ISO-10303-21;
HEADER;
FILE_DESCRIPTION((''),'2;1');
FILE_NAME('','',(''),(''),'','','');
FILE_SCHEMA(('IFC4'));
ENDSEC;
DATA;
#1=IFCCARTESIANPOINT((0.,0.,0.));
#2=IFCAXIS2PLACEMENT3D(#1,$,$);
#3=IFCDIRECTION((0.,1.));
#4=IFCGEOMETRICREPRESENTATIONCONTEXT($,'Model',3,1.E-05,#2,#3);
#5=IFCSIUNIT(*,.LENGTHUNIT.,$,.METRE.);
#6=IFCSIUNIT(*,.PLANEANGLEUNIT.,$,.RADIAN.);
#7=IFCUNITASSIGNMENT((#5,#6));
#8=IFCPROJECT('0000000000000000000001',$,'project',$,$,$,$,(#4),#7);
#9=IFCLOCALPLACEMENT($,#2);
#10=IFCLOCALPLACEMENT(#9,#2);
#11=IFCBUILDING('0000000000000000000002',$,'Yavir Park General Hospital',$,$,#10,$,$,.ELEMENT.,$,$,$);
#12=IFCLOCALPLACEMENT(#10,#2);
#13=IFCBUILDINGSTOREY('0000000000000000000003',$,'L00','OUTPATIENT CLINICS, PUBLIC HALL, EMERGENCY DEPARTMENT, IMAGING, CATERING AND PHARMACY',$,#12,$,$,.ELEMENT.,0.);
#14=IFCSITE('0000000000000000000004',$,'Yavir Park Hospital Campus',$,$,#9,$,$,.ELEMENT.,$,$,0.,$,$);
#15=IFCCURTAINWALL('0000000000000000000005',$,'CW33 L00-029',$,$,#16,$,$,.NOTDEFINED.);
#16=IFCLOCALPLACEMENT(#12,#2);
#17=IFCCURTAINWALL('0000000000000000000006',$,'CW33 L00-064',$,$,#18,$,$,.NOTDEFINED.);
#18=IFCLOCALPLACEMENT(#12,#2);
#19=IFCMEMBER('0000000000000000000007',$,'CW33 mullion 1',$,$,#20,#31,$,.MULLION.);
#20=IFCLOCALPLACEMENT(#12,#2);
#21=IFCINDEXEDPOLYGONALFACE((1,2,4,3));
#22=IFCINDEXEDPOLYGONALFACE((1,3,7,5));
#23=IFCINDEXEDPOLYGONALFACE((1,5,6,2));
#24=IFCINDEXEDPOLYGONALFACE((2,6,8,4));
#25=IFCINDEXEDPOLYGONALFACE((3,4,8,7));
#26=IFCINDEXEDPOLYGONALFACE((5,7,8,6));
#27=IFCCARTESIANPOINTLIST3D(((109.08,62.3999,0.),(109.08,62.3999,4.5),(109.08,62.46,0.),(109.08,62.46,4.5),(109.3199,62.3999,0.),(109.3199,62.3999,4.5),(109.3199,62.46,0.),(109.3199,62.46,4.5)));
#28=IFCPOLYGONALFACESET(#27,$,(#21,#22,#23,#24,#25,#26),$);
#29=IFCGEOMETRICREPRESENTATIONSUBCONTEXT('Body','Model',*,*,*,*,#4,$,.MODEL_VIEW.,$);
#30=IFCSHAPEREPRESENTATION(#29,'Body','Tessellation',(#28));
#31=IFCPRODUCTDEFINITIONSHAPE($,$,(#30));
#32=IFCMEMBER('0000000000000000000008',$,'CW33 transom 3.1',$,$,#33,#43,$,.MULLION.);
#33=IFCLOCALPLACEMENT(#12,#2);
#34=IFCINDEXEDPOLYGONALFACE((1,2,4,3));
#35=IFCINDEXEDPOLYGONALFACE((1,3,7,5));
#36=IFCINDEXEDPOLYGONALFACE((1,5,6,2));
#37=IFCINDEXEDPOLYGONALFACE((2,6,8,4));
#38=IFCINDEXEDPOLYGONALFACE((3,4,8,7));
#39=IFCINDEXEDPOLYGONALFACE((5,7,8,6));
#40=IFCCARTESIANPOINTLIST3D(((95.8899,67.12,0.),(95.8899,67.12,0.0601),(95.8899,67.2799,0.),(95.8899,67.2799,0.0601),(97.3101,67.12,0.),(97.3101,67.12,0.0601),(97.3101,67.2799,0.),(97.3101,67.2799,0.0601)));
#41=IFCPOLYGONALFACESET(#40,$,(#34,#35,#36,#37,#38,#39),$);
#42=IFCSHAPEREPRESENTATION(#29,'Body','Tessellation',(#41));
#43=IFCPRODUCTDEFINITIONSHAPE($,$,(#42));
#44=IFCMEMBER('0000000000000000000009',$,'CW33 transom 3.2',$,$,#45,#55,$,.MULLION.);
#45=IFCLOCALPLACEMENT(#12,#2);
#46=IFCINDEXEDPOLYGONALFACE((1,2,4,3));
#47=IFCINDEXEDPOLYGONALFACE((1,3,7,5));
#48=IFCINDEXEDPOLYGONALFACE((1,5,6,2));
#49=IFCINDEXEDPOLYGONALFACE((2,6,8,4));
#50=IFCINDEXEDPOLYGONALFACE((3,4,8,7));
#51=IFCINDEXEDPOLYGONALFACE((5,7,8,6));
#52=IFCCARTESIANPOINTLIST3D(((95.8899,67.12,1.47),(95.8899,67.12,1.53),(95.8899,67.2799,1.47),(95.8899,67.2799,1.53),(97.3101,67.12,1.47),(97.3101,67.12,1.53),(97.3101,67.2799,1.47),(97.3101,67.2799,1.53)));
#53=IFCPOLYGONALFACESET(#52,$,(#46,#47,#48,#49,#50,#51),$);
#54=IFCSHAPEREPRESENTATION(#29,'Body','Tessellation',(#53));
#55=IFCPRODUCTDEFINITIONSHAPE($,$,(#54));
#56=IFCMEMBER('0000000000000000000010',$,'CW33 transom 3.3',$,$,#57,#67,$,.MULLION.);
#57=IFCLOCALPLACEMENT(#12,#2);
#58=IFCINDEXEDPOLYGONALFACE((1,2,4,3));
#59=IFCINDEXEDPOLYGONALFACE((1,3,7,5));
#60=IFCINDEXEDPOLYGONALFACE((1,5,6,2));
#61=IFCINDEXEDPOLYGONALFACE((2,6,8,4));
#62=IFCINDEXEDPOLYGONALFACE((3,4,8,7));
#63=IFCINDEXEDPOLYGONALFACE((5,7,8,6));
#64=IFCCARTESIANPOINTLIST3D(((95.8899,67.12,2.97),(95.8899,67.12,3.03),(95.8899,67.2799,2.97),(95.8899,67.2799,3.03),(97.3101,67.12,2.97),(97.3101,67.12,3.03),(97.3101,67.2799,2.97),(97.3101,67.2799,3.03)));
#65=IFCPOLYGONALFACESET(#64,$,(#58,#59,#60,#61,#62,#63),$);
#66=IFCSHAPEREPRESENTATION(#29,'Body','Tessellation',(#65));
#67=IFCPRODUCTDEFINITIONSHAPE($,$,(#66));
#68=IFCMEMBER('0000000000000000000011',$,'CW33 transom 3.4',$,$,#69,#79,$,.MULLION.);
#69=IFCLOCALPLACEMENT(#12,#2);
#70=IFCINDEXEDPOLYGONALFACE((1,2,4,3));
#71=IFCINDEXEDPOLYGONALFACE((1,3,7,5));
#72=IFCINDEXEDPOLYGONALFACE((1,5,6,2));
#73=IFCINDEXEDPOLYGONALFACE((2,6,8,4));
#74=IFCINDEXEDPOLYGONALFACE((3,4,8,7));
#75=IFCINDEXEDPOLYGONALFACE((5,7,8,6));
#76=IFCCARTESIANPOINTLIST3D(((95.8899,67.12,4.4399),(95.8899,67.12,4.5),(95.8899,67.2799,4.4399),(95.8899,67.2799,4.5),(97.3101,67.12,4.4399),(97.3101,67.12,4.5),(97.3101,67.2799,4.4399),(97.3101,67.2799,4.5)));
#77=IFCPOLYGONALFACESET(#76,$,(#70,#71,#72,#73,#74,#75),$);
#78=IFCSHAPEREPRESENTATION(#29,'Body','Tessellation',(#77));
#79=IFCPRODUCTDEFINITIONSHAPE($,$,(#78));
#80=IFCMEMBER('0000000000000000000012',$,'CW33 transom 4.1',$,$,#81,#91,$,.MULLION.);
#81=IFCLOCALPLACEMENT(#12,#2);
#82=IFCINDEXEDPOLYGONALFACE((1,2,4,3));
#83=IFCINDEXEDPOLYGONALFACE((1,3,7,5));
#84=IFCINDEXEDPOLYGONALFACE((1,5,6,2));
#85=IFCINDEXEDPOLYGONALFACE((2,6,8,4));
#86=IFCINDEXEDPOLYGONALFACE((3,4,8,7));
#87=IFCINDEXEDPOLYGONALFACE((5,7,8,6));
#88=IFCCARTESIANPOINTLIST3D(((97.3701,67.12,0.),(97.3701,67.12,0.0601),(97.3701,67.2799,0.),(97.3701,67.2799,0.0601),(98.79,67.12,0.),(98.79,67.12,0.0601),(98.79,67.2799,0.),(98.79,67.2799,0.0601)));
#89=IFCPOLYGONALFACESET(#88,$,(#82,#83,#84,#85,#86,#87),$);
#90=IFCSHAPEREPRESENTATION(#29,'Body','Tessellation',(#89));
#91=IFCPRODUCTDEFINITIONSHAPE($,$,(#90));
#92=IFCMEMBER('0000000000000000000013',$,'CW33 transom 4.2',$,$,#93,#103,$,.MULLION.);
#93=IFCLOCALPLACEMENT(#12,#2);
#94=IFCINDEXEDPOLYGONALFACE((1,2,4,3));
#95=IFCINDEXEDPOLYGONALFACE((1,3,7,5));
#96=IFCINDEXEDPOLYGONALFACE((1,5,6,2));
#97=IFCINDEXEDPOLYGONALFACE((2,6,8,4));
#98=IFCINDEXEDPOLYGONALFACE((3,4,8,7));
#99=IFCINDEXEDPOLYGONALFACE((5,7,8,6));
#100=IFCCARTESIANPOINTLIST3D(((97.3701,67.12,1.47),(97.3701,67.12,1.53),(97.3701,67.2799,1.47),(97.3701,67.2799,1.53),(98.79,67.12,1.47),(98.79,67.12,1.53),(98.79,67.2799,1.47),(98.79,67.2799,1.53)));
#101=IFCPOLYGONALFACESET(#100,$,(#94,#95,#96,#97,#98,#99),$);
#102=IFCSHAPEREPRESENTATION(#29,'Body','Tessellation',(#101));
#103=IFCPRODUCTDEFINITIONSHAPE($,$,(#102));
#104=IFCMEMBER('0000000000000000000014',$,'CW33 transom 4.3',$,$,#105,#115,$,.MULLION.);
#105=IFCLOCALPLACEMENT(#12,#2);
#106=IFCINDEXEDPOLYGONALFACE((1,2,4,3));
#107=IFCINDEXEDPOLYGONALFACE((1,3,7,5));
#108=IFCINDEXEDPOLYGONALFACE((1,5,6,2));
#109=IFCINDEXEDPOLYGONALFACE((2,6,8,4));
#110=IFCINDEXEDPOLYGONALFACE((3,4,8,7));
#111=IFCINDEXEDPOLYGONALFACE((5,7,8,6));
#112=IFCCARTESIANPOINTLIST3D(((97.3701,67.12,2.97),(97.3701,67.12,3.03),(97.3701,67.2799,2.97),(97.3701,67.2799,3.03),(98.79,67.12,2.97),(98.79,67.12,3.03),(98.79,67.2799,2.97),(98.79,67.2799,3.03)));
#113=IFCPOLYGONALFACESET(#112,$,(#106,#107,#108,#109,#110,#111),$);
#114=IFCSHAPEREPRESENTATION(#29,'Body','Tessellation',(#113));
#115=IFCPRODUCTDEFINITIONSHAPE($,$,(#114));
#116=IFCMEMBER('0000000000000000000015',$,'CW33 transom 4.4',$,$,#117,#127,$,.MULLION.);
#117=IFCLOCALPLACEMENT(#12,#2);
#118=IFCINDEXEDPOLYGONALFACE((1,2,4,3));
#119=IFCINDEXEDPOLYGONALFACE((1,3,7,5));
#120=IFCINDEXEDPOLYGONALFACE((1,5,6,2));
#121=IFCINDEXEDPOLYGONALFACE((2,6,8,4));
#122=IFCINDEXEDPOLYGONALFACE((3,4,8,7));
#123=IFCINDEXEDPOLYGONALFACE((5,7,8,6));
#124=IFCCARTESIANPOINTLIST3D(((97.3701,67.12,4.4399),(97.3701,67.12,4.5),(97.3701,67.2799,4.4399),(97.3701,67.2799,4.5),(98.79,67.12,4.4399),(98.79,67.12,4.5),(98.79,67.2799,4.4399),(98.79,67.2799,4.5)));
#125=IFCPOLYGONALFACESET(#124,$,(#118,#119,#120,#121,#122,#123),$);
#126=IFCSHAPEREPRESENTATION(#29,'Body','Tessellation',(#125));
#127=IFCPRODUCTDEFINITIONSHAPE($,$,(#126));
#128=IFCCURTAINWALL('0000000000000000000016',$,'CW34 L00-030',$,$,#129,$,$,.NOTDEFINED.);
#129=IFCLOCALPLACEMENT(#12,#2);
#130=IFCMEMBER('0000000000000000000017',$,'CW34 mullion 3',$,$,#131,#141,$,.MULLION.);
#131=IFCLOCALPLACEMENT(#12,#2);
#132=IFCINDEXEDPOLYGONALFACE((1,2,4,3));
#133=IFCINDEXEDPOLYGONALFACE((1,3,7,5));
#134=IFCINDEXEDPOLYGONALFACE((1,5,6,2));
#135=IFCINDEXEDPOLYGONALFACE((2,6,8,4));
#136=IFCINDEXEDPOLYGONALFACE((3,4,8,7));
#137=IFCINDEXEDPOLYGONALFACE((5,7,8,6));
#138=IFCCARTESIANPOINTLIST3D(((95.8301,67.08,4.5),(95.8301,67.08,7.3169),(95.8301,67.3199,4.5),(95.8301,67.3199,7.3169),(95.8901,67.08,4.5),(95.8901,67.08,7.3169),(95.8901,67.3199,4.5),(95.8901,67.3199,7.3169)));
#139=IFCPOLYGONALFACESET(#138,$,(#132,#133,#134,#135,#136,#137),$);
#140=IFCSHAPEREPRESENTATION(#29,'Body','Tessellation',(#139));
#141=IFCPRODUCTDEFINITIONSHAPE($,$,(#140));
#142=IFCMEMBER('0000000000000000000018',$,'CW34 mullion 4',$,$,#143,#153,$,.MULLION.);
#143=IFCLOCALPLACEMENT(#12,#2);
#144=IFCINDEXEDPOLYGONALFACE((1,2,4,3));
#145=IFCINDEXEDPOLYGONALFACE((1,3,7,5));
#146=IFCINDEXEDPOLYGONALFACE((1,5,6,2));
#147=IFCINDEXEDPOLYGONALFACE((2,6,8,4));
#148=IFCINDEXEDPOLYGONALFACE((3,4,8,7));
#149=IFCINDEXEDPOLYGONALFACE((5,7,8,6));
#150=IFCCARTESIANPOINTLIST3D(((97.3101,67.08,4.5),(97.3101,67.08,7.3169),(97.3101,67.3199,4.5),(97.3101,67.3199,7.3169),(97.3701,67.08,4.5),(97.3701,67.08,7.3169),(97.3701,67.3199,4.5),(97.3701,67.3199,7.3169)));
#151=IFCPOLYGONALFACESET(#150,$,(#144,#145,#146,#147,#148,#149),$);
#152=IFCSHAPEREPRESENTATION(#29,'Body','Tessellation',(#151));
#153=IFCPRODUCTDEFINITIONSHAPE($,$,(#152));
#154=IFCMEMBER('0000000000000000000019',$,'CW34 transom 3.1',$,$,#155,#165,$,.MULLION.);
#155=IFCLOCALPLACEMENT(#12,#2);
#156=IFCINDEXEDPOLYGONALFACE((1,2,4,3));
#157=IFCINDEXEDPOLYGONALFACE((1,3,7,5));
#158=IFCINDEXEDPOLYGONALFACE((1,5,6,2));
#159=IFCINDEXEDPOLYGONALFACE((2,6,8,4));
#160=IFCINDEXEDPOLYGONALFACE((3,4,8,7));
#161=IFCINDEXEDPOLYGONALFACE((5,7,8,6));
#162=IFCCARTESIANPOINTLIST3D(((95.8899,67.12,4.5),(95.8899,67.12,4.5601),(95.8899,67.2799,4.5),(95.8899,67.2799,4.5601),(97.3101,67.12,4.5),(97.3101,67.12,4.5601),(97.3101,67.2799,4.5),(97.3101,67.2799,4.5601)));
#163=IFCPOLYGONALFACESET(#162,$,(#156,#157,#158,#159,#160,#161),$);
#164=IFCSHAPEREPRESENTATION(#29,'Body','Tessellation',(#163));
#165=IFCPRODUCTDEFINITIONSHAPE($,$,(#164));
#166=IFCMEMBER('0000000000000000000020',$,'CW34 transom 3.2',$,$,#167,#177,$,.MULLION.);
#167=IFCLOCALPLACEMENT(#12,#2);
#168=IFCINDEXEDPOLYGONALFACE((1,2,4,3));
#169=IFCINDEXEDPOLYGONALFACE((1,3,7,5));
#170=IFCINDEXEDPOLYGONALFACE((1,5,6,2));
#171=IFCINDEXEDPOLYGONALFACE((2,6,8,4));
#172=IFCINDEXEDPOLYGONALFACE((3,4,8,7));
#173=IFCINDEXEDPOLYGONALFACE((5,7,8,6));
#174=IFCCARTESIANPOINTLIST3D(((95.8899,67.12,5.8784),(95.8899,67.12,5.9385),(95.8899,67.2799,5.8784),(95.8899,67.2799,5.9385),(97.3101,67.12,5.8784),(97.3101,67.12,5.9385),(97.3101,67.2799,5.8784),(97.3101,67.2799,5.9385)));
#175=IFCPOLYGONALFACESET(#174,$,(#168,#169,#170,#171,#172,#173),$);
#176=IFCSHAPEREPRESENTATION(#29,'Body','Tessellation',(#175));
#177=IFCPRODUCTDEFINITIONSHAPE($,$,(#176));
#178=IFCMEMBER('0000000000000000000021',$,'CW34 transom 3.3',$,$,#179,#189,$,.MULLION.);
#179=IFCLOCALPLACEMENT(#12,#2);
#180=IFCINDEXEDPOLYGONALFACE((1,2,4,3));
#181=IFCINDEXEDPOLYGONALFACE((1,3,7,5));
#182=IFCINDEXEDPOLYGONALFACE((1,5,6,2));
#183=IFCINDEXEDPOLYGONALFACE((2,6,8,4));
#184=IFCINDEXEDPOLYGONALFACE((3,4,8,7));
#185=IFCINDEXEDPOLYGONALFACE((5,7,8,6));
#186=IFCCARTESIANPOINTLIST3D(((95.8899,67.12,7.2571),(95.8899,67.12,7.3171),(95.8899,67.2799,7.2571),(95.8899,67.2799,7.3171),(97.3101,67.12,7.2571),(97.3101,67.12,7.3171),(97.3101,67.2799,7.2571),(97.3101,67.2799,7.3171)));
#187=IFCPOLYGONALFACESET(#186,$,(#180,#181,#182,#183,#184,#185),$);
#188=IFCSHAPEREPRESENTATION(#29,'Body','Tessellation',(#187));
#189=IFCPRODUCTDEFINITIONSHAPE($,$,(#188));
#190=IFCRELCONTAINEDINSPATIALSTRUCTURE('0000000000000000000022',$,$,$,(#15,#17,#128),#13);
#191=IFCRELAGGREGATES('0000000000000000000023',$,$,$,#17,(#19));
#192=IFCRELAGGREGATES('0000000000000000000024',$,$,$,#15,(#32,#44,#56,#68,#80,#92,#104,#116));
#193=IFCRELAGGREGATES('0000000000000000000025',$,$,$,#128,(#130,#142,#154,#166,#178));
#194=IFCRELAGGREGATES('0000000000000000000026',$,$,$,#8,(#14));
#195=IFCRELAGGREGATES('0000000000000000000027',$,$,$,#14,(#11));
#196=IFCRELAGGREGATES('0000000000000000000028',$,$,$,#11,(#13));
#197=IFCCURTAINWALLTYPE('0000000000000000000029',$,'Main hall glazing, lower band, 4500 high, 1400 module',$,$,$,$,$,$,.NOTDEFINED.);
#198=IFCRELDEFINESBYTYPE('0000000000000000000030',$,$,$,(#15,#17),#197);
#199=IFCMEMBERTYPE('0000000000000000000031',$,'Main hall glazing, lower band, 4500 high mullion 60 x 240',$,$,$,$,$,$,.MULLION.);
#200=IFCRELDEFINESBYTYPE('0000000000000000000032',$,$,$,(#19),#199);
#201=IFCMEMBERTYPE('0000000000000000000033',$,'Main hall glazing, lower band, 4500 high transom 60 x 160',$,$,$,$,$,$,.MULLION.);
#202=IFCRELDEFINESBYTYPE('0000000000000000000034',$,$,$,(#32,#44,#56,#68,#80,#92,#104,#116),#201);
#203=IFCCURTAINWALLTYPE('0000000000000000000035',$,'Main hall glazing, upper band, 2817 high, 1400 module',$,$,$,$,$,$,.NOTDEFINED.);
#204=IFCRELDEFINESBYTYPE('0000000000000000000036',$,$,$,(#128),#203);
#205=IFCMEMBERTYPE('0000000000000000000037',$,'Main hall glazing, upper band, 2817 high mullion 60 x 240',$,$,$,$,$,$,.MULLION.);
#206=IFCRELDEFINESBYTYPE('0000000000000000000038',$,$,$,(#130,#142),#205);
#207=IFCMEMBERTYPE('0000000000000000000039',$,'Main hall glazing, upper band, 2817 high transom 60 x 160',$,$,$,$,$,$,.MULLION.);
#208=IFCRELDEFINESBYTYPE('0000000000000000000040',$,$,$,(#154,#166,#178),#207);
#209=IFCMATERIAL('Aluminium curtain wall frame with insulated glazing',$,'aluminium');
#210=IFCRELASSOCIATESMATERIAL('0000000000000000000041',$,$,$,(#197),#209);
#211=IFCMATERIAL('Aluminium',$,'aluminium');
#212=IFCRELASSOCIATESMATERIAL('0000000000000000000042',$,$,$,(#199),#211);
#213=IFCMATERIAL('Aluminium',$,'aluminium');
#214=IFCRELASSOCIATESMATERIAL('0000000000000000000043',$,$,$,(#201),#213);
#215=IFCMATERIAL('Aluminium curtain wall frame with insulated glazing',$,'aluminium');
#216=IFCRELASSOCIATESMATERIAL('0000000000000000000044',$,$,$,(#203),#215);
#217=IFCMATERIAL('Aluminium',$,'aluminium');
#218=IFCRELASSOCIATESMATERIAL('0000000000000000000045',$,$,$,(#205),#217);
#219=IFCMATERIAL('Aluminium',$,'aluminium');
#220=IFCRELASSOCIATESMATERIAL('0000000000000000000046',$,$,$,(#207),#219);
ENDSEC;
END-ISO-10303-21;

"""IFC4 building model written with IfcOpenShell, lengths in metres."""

from ifc_helpers import new_model, si_unit, direction, frame, origin, origin_2d, place, context, subcontext, project, spatial, rectangle, extrude, material, material_profile, profile_set, type_object, element, aggregate, save


model = new_model("IFC4")

# Units and contexts
model_context = context("Model", 3, precision=1e-05, world=origin(), true_north=direction((0.0, 1.0)))
body_context = subcontext(model_context, "Body", "Model", "MODEL_VIEW")
ifc_project = project(units=[si_unit("LENGTHUNIT", "METRE"), si_unit("PLANEANGLEUNIT", "RADIAN")], contexts=[model_context])

# Site, building, storey
site_placement = place(None, origin())
site = spatial("IfcSite", under=ifc_project, at=site_placement, Name="Yavir Park Hospital Campus", CompositionType="ELEMENT", RefElevation=0.0)
building_placement = place(site_placement, origin())
building = spatial("IfcBuilding", under=site, at=building_placement, Name="Yavir Park General Hospital", CompositionType="ELEMENT")
storey_placement = place(building_placement, origin())
storey = spatial("IfcBuildingStorey", under=building, at=storey_placement, Name="L00", Description="OUTPATIENT CLINICS, PUBLIC HALL, EMERGENCY DEPARTMENT, IMAGING, CATERING AND PHARMACY", CompositionType="ELEMENT", Elevation=0.0)

# Curtain walls, member
ifc_material_1 = material(Name="Aluminium curtain wall frame with insulated glazing", Category="aluminium")
curtain_wall_type_1 = type_object("IfcCurtainWallType", Name="Main hall glazing, lower band, 4500 high, 1400 module", PredefinedType="NOTDEFINED", material=ifc_material_1)
curtain_wall_1_placement = place(storey_placement, origin())
curtain_wall_1 = element("IfcCurtainWall", 1, at=curtain_wall_1_placement, inside=storey, type_object=curtain_wall_type_1, Name="CW33 L00-029", PredefinedType="NOTDEFINED")
ifc_material_2 = material(Name="Aluminium", Category="aluminium")
ifc_material_profile_1 = material_profile(ifc_material_2, rectangle(XDim=0.24, YDim=0.0601, at=origin_2d()), Name="AL 60x240")
ifc_profile_set_1 = profile_set([ifc_material_profile_1], Name="Aluminium")
member_type_1 = type_object("IfcMemberType", Name="Main hall glazing, lower band, 4500 high mullion 60 x 240", PredefinedType="MULLION", material=ifc_profile_set_1)
curtain_wall_2_placement = place(storey_placement, origin())
curtain_wall_2 = element("IfcCurtainWall", 2, at=curtain_wall_2_placement, inside=storey, type_object=curtain_wall_type_1, Name="CW33 L00-064", PredefinedType="NOTDEFINED")
member_1_placement = place(storey_placement, frame((109.2, 62.4299, 0.0), z_axis=(0.0, 0.0, 1.0), x_axis=(-1.0, 0.0, 0.0)))
member_1 = element("IfcMember", 3, at=member_1_placement, type_object=member_type_1, Name="CW33 mullion 1", PredefinedType="MULLION", context=body_context, shape_type="SweptSolid", body=[
    extrude(rectangle(XDim=0.24, YDim=0.0601, at=origin_2d()), origin(), (0.0, 0.0, 1.0), 4.5),
])
aggregate(curtain_wall_2, [member_1])

# Members
ifc_material_3 = material(Name="Aluminium", Category="aluminium")
ifc_material_profile_2 = material_profile(ifc_material_3, rectangle(XDim=0.1599, YDim=0.0601, at=origin_2d()), Name="AL 160x60")
ifc_profile_set_2 = profile_set([ifc_material_profile_2], Name="Aluminium")
member_type_2 = type_object("IfcMemberType", Name="Main hall glazing, lower band, 4500 high transom 60 x 160", PredefinedType="MULLION", material=ifc_profile_set_2)
member_2_placement = place(storey_placement, frame((95.8899, 67.2, 0.03), z_axis=(1.0, 0.0, 0.0), x_axis=(0.0, 1.0, 0.0)))
member_2 = element("IfcMember", 4, at=member_2_placement, type_object=member_type_2, Name="CW33 transom 3.1", PredefinedType="MULLION", context=body_context, shape_type="SweptSolid", body=[
    extrude(rectangle(XDim=0.1599, YDim=0.0601, at=origin_2d()), origin(), (0.0, 0.0, 1.0), 1.4202),
])
member_3_placement = place(storey_placement, frame((95.8899, 67.2, 1.5), z_axis=(1.0, 0.0, 0.0), x_axis=(0.0, 1.0, 0.0)))
member_3 = element("IfcMember", 5, at=member_3_placement, type_object=member_type_2, Name="CW33 transom 3.2", PredefinedType="MULLION", context=body_context, shape_type="SweptSolid", body=[
    extrude(rectangle(XDim=0.1599, YDim=0.0601, at=origin_2d()), origin(), (0.0, 0.0, 1.0), 1.4202),
])
member_4_placement = place(storey_placement, frame((95.8899, 67.2, 3.0), z_axis=(1.0, 0.0, 0.0), x_axis=(0.0, 1.0, 0.0)))
member_4 = element("IfcMember", 6, at=member_4_placement, type_object=member_type_2, Name="CW33 transom 3.3", PredefinedType="MULLION", context=body_context, shape_type="SweptSolid", body=[
    extrude(rectangle(XDim=0.1599, YDim=0.0601, at=origin_2d()), origin(), (0.0, 0.0, 1.0), 1.4202),
])
member_5_placement = place(storey_placement, frame((95.8899, 67.2, 4.47), z_axis=(1.0, 0.0, 0.0), x_axis=(0.0, 1.0, 0.0)))
member_5 = element("IfcMember", 7, at=member_5_placement, type_object=member_type_2, Name="CW33 transom 3.4", PredefinedType="MULLION", context=body_context, shape_type="SweptSolid", body=[
    extrude(rectangle(XDim=0.1599, YDim=0.0601, at=origin_2d()), origin(), (0.0, 0.0, 1.0), 1.4202),
])
member_6_placement = place(storey_placement, frame((97.3701, 67.2, 0.03), z_axis=(1.0, 0.0, 0.0), x_axis=(0.0, 1.0, 0.0)))
member_6 = element("IfcMember", 8, at=member_6_placement, type_object=member_type_2, Name="CW33 transom 4.1", PredefinedType="MULLION", context=body_context, shape_type="SweptSolid", body=[
    extrude(rectangle(XDim=0.1599, YDim=0.0601, at=origin_2d()), origin(), (0.0, 0.0, 1.0), 1.4199),
])
member_7_placement = place(storey_placement, frame((97.3701, 67.2, 1.5), z_axis=(1.0, 0.0, 0.0), x_axis=(0.0, 1.0, 0.0)))
member_7 = element("IfcMember", 9, at=member_7_placement, type_object=member_type_2, Name="CW33 transom 4.2", PredefinedType="MULLION", context=body_context, shape_type="SweptSolid", body=[
    extrude(rectangle(XDim=0.1599, YDim=0.0601, at=origin_2d()), origin(), (0.0, 0.0, 1.0), 1.4199),
])
member_8_placement = place(storey_placement, frame((97.3701, 67.2, 3.0), z_axis=(1.0, 0.0, 0.0), x_axis=(0.0, 1.0, 0.0)))
member_8 = element("IfcMember", 10, at=member_8_placement, type_object=member_type_2, Name="CW33 transom 4.3", PredefinedType="MULLION", context=body_context, shape_type="SweptSolid", body=[
    extrude(rectangle(XDim=0.1599, YDim=0.0601, at=origin_2d()), origin(), (0.0, 0.0, 1.0), 1.4199),
])
member_9_placement = place(storey_placement, frame((97.3701, 67.2, 4.47), z_axis=(1.0, 0.0, 0.0), x_axis=(0.0, 1.0, 0.0)))
member_9 = element("IfcMember", 11, at=member_9_placement, type_object=member_type_2, Name="CW33 transom 4.4", PredefinedType="MULLION", context=body_context, shape_type="SweptSolid", body=[
    extrude(rectangle(XDim=0.1599, YDim=0.0601, at=origin_2d()), origin(), (0.0, 0.0, 1.0), 1.4199),
])

# Curtain wall, members
ifc_material_4 = material(Name="Aluminium curtain wall frame with insulated glazing", Category="aluminium")
curtain_wall_type_2 = type_object("IfcCurtainWallType", Name="Main hall glazing, upper band, 2817 high, 1400 module", PredefinedType="NOTDEFINED", material=ifc_material_4)
curtain_wall_3_placement = place(storey_placement, origin())
curtain_wall_3 = element("IfcCurtainWall", 12, at=curtain_wall_3_placement, inside=storey, type_object=curtain_wall_type_2, Name="CW34 L00-030", PredefinedType="NOTDEFINED")
ifc_material_5 = material(Name="Aluminium", Category="aluminium")
ifc_material_profile_3 = material_profile(ifc_material_5, rectangle(XDim=0.24, YDim=0.0601, at=origin_2d()), Name="AL 60x240")
ifc_profile_set_3 = profile_set([ifc_material_profile_3], Name="Aluminium")
member_type_3 = type_object("IfcMemberType", Name="Main hall glazing, upper band, 2817 high mullion 60 x 240", PredefinedType="MULLION", material=ifc_profile_set_3)
member_10_placement = place(storey_placement, frame((95.8601, 67.2, 4.5), z_axis=(0.0, 0.0, 1.0), x_axis=(0.0, 1.0, 0.0)))
member_10 = element("IfcMember", 13, at=member_10_placement, type_object=member_type_3, Name="CW34 mullion 3", PredefinedType="MULLION", context=body_context, shape_type="SweptSolid", body=[
    extrude(rectangle(XDim=0.24, YDim=0.0601, at=origin_2d()), origin(), (0.0, 0.0, 1.0), 2.8169),
])
member_11_placement = place(storey_placement, frame((97.3401, 67.2, 4.5), z_axis=(0.0, 0.0, 1.0), x_axis=(0.0, 1.0, 0.0)))
member_11 = element("IfcMember", 14, at=member_11_placement, type_object=member_type_3, Name="CW34 mullion 4", PredefinedType="MULLION", context=body_context, shape_type="SweptSolid", body=[
    extrude(rectangle(XDim=0.24, YDim=0.0601, at=origin_2d()), origin(), (0.0, 0.0, 1.0), 2.8169),
])
ifc_material_6 = material(Name="Aluminium", Category="aluminium")
ifc_material_profile_4 = material_profile(ifc_material_6, rectangle(XDim=0.1599, YDim=0.0601, at=origin_2d()), Name="AL 160x60")
ifc_profile_set_4 = profile_set([ifc_material_profile_4], Name="Aluminium")
member_type_4 = type_object("IfcMemberType", Name="Main hall glazing, upper band, 2817 high transom 60 x 160", PredefinedType="MULLION", material=ifc_profile_set_4)
member_12_placement = place(storey_placement, frame((95.8899, 67.2, 4.53), z_axis=(1.0, 0.0, 0.0), x_axis=(0.0, 1.0, 0.0)))
member_12 = element("IfcMember", 15, at=member_12_placement, type_object=member_type_4, Name="CW34 transom 3.1", PredefinedType="MULLION", context=body_context, shape_type="SweptSolid", body=[
    extrude(rectangle(XDim=0.1599, YDim=0.0601, at=origin_2d()), origin(), (0.0, 0.0, 1.0), 1.4202),
])
member_13_placement = place(storey_placement, frame((95.8899, 67.2, 5.9084), z_axis=(1.0, 0.0, 0.0), x_axis=(0.0, 1.0, 0.0)))
member_13 = element("IfcMember", 16, at=member_13_placement, type_object=member_type_4, Name="CW34 transom 3.2", PredefinedType="MULLION", context=body_context, shape_type="SweptSolid", body=[
    extrude(rectangle(XDim=0.1599, YDim=0.0601, at=origin_2d()), origin(), (0.0, 0.0, 1.0), 1.4202),
])
member_14_placement = place(storey_placement, frame((95.8899, 67.2, 7.2871), z_axis=(1.0, 0.0, 0.0), x_axis=(0.0, 1.0, 0.0)))
member_14 = element("IfcMember", 17, at=member_14_placement, type_object=member_type_4, Name="CW34 transom 3.3", PredefinedType="MULLION", context=body_context, shape_type="SweptSolid", body=[
    extrude(rectangle(XDim=0.1599, YDim=0.0601, at=origin_2d()), origin(), (0.0, 0.0, 1.0), 1.4202),
])

aggregate(curtain_wall_1, [member_2, member_3, member_4, member_5, member_6, member_7, member_8, member_9])
aggregate(curtain_wall_3, [member_10, member_11, member_12, member_13, member_14])

save(model, "model.ifc")
